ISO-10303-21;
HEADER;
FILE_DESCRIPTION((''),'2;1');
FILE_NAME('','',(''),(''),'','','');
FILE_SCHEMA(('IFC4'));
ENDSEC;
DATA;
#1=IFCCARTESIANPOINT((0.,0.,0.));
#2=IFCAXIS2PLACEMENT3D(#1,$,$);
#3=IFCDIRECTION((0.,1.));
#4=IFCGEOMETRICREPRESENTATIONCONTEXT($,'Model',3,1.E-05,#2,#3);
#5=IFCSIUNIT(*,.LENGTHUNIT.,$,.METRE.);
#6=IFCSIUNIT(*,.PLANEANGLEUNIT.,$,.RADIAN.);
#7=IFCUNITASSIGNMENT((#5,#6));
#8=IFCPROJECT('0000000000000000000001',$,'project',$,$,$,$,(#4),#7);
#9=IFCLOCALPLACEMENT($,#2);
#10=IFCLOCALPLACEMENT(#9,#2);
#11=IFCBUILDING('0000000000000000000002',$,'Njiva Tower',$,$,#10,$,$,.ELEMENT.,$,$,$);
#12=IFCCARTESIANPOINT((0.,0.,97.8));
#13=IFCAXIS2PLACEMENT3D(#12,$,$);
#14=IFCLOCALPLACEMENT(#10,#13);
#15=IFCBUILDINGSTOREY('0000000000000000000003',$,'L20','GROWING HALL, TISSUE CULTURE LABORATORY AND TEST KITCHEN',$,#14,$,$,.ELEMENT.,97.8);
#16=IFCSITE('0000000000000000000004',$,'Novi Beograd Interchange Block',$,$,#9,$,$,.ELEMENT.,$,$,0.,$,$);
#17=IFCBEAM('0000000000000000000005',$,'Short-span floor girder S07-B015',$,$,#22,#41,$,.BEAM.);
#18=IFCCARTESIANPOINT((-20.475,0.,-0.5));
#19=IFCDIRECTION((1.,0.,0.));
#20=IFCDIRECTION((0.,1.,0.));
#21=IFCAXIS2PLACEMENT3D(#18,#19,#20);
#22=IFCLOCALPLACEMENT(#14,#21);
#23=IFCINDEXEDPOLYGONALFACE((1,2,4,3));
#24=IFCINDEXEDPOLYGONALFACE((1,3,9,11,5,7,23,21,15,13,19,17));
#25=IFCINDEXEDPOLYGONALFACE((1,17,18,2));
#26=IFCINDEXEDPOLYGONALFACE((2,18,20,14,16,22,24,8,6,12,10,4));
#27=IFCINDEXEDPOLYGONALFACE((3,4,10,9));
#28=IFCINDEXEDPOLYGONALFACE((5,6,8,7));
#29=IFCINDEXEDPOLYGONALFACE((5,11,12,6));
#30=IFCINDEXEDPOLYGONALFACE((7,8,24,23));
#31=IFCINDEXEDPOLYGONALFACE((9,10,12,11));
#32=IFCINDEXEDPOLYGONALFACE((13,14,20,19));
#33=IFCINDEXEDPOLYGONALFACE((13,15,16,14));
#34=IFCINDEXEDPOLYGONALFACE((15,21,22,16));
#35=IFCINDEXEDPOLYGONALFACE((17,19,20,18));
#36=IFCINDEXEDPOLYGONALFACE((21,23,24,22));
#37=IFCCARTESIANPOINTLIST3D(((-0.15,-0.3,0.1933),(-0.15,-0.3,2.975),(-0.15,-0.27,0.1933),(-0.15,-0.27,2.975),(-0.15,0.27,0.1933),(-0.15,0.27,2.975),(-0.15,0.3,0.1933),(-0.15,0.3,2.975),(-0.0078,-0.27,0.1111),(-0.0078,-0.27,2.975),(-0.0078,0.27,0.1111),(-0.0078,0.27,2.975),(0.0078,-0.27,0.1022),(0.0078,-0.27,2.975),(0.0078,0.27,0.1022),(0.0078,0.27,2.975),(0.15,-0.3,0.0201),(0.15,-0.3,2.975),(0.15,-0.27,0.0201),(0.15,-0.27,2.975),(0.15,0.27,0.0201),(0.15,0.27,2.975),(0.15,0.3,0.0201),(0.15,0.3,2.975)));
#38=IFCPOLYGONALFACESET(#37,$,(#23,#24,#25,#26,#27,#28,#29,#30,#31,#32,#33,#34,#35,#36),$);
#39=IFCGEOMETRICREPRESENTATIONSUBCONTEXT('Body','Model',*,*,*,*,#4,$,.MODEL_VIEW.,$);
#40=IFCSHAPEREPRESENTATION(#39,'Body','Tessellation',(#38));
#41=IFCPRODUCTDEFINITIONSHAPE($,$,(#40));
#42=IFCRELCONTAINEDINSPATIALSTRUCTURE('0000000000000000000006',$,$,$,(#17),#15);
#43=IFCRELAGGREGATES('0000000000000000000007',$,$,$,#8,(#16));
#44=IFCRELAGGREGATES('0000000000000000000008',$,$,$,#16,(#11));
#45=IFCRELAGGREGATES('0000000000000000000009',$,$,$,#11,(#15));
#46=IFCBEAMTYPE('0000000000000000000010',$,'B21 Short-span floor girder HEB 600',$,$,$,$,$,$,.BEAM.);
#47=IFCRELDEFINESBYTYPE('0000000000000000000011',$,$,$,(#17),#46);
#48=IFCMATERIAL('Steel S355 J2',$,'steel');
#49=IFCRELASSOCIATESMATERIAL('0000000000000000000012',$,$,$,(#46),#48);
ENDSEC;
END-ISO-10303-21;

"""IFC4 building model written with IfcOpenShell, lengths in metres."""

from ifc_helpers import new_model, si_unit, direction, frame, origin, origin_2d, place, context, subcontext, project, spatial, i_section, extrude, clip, halfspace, material, material_profile, profile_set, type_object, element, save


model = new_model("IFC4")

# Units and contexts
model_context = context("Model", 3, precision=1e-05, world=origin(), true_north=direction((0.0, 1.0)))
body_context = subcontext(model_context, "Body", "Model", "MODEL_VIEW")
ifc_project = project(units=[si_unit("LENGTHUNIT", "METRE"), si_unit("PLANEANGLEUNIT", "RADIAN")], contexts=[model_context])

# Site, building, storey
site_placement = place(None, origin())
site = spatial("IfcSite", under=ifc_project, at=site_placement, Name="Novi Beograd Interchange Block", CompositionType="ELEMENT", RefElevation=0.0)
building_placement = place(site_placement, origin())
building = spatial("IfcBuilding", under=site, at=building_placement, Name="Njiva Tower", CompositionType="ELEMENT")
storey_placement = place(building_placement, frame((0.0, 0.0, 97.8)))
storey = spatial("IfcBuildingStorey", under=building, at=storey_placement, Name="L20", Description="GROWING HALL, TISSUE CULTURE LABORATORY AND TEST KITCHEN", CompositionType="ELEMENT", Elevation=97.8)

# Shared definitions
ifc_material_1 = material(Name="Steel S355 J2", Category="steel")

# Beam
ifc_material_profile_1 = material_profile(ifc_material_1, i_section(OverallWidth=0.3, OverallDepth=0.6, WebThickness=0.0155, FlangeThickness=0.03, at=origin_2d()), Name="HEB 600")
ifc_profile_set_1 = profile_set([ifc_material_profile_1], Name="Steel S355 J2")
beam_type_1 = type_object("IfcBeamType", Name="B21 Short-span floor girder HEB 600", PredefinedType="BEAM", material=ifc_profile_set_1)
beam_1_placement = place(storey_placement, frame((-20.475, 0.0, -0.5), z_axis=(1.0, 0.0, 0.0), x_axis=(0.0, 1.0, 0.0)))
element("IfcBeam", 1, at=beam_1_placement, inside=storey, type_object=beam_type_1, Name="Short-span floor girder S07-B015", PredefinedType="BEAM", context=body_context, shape_type="Clipping", body=[
    clip(extrude(i_section(OverallWidth=0.3, OverallDepth=0.6, WebThickness=0.0155, FlangeThickness=0.03, at=origin_2d()), origin(), (0.0, 0.0, 1.0), 2.975), halfspace(frame((-0.025, 0.0, 0.1211), z_axis=(-0.499998, 0.0, -0.866027), x_axis=(0.0, -1.0, 0.0)), False)),
])

save(model, "model.ifc")
